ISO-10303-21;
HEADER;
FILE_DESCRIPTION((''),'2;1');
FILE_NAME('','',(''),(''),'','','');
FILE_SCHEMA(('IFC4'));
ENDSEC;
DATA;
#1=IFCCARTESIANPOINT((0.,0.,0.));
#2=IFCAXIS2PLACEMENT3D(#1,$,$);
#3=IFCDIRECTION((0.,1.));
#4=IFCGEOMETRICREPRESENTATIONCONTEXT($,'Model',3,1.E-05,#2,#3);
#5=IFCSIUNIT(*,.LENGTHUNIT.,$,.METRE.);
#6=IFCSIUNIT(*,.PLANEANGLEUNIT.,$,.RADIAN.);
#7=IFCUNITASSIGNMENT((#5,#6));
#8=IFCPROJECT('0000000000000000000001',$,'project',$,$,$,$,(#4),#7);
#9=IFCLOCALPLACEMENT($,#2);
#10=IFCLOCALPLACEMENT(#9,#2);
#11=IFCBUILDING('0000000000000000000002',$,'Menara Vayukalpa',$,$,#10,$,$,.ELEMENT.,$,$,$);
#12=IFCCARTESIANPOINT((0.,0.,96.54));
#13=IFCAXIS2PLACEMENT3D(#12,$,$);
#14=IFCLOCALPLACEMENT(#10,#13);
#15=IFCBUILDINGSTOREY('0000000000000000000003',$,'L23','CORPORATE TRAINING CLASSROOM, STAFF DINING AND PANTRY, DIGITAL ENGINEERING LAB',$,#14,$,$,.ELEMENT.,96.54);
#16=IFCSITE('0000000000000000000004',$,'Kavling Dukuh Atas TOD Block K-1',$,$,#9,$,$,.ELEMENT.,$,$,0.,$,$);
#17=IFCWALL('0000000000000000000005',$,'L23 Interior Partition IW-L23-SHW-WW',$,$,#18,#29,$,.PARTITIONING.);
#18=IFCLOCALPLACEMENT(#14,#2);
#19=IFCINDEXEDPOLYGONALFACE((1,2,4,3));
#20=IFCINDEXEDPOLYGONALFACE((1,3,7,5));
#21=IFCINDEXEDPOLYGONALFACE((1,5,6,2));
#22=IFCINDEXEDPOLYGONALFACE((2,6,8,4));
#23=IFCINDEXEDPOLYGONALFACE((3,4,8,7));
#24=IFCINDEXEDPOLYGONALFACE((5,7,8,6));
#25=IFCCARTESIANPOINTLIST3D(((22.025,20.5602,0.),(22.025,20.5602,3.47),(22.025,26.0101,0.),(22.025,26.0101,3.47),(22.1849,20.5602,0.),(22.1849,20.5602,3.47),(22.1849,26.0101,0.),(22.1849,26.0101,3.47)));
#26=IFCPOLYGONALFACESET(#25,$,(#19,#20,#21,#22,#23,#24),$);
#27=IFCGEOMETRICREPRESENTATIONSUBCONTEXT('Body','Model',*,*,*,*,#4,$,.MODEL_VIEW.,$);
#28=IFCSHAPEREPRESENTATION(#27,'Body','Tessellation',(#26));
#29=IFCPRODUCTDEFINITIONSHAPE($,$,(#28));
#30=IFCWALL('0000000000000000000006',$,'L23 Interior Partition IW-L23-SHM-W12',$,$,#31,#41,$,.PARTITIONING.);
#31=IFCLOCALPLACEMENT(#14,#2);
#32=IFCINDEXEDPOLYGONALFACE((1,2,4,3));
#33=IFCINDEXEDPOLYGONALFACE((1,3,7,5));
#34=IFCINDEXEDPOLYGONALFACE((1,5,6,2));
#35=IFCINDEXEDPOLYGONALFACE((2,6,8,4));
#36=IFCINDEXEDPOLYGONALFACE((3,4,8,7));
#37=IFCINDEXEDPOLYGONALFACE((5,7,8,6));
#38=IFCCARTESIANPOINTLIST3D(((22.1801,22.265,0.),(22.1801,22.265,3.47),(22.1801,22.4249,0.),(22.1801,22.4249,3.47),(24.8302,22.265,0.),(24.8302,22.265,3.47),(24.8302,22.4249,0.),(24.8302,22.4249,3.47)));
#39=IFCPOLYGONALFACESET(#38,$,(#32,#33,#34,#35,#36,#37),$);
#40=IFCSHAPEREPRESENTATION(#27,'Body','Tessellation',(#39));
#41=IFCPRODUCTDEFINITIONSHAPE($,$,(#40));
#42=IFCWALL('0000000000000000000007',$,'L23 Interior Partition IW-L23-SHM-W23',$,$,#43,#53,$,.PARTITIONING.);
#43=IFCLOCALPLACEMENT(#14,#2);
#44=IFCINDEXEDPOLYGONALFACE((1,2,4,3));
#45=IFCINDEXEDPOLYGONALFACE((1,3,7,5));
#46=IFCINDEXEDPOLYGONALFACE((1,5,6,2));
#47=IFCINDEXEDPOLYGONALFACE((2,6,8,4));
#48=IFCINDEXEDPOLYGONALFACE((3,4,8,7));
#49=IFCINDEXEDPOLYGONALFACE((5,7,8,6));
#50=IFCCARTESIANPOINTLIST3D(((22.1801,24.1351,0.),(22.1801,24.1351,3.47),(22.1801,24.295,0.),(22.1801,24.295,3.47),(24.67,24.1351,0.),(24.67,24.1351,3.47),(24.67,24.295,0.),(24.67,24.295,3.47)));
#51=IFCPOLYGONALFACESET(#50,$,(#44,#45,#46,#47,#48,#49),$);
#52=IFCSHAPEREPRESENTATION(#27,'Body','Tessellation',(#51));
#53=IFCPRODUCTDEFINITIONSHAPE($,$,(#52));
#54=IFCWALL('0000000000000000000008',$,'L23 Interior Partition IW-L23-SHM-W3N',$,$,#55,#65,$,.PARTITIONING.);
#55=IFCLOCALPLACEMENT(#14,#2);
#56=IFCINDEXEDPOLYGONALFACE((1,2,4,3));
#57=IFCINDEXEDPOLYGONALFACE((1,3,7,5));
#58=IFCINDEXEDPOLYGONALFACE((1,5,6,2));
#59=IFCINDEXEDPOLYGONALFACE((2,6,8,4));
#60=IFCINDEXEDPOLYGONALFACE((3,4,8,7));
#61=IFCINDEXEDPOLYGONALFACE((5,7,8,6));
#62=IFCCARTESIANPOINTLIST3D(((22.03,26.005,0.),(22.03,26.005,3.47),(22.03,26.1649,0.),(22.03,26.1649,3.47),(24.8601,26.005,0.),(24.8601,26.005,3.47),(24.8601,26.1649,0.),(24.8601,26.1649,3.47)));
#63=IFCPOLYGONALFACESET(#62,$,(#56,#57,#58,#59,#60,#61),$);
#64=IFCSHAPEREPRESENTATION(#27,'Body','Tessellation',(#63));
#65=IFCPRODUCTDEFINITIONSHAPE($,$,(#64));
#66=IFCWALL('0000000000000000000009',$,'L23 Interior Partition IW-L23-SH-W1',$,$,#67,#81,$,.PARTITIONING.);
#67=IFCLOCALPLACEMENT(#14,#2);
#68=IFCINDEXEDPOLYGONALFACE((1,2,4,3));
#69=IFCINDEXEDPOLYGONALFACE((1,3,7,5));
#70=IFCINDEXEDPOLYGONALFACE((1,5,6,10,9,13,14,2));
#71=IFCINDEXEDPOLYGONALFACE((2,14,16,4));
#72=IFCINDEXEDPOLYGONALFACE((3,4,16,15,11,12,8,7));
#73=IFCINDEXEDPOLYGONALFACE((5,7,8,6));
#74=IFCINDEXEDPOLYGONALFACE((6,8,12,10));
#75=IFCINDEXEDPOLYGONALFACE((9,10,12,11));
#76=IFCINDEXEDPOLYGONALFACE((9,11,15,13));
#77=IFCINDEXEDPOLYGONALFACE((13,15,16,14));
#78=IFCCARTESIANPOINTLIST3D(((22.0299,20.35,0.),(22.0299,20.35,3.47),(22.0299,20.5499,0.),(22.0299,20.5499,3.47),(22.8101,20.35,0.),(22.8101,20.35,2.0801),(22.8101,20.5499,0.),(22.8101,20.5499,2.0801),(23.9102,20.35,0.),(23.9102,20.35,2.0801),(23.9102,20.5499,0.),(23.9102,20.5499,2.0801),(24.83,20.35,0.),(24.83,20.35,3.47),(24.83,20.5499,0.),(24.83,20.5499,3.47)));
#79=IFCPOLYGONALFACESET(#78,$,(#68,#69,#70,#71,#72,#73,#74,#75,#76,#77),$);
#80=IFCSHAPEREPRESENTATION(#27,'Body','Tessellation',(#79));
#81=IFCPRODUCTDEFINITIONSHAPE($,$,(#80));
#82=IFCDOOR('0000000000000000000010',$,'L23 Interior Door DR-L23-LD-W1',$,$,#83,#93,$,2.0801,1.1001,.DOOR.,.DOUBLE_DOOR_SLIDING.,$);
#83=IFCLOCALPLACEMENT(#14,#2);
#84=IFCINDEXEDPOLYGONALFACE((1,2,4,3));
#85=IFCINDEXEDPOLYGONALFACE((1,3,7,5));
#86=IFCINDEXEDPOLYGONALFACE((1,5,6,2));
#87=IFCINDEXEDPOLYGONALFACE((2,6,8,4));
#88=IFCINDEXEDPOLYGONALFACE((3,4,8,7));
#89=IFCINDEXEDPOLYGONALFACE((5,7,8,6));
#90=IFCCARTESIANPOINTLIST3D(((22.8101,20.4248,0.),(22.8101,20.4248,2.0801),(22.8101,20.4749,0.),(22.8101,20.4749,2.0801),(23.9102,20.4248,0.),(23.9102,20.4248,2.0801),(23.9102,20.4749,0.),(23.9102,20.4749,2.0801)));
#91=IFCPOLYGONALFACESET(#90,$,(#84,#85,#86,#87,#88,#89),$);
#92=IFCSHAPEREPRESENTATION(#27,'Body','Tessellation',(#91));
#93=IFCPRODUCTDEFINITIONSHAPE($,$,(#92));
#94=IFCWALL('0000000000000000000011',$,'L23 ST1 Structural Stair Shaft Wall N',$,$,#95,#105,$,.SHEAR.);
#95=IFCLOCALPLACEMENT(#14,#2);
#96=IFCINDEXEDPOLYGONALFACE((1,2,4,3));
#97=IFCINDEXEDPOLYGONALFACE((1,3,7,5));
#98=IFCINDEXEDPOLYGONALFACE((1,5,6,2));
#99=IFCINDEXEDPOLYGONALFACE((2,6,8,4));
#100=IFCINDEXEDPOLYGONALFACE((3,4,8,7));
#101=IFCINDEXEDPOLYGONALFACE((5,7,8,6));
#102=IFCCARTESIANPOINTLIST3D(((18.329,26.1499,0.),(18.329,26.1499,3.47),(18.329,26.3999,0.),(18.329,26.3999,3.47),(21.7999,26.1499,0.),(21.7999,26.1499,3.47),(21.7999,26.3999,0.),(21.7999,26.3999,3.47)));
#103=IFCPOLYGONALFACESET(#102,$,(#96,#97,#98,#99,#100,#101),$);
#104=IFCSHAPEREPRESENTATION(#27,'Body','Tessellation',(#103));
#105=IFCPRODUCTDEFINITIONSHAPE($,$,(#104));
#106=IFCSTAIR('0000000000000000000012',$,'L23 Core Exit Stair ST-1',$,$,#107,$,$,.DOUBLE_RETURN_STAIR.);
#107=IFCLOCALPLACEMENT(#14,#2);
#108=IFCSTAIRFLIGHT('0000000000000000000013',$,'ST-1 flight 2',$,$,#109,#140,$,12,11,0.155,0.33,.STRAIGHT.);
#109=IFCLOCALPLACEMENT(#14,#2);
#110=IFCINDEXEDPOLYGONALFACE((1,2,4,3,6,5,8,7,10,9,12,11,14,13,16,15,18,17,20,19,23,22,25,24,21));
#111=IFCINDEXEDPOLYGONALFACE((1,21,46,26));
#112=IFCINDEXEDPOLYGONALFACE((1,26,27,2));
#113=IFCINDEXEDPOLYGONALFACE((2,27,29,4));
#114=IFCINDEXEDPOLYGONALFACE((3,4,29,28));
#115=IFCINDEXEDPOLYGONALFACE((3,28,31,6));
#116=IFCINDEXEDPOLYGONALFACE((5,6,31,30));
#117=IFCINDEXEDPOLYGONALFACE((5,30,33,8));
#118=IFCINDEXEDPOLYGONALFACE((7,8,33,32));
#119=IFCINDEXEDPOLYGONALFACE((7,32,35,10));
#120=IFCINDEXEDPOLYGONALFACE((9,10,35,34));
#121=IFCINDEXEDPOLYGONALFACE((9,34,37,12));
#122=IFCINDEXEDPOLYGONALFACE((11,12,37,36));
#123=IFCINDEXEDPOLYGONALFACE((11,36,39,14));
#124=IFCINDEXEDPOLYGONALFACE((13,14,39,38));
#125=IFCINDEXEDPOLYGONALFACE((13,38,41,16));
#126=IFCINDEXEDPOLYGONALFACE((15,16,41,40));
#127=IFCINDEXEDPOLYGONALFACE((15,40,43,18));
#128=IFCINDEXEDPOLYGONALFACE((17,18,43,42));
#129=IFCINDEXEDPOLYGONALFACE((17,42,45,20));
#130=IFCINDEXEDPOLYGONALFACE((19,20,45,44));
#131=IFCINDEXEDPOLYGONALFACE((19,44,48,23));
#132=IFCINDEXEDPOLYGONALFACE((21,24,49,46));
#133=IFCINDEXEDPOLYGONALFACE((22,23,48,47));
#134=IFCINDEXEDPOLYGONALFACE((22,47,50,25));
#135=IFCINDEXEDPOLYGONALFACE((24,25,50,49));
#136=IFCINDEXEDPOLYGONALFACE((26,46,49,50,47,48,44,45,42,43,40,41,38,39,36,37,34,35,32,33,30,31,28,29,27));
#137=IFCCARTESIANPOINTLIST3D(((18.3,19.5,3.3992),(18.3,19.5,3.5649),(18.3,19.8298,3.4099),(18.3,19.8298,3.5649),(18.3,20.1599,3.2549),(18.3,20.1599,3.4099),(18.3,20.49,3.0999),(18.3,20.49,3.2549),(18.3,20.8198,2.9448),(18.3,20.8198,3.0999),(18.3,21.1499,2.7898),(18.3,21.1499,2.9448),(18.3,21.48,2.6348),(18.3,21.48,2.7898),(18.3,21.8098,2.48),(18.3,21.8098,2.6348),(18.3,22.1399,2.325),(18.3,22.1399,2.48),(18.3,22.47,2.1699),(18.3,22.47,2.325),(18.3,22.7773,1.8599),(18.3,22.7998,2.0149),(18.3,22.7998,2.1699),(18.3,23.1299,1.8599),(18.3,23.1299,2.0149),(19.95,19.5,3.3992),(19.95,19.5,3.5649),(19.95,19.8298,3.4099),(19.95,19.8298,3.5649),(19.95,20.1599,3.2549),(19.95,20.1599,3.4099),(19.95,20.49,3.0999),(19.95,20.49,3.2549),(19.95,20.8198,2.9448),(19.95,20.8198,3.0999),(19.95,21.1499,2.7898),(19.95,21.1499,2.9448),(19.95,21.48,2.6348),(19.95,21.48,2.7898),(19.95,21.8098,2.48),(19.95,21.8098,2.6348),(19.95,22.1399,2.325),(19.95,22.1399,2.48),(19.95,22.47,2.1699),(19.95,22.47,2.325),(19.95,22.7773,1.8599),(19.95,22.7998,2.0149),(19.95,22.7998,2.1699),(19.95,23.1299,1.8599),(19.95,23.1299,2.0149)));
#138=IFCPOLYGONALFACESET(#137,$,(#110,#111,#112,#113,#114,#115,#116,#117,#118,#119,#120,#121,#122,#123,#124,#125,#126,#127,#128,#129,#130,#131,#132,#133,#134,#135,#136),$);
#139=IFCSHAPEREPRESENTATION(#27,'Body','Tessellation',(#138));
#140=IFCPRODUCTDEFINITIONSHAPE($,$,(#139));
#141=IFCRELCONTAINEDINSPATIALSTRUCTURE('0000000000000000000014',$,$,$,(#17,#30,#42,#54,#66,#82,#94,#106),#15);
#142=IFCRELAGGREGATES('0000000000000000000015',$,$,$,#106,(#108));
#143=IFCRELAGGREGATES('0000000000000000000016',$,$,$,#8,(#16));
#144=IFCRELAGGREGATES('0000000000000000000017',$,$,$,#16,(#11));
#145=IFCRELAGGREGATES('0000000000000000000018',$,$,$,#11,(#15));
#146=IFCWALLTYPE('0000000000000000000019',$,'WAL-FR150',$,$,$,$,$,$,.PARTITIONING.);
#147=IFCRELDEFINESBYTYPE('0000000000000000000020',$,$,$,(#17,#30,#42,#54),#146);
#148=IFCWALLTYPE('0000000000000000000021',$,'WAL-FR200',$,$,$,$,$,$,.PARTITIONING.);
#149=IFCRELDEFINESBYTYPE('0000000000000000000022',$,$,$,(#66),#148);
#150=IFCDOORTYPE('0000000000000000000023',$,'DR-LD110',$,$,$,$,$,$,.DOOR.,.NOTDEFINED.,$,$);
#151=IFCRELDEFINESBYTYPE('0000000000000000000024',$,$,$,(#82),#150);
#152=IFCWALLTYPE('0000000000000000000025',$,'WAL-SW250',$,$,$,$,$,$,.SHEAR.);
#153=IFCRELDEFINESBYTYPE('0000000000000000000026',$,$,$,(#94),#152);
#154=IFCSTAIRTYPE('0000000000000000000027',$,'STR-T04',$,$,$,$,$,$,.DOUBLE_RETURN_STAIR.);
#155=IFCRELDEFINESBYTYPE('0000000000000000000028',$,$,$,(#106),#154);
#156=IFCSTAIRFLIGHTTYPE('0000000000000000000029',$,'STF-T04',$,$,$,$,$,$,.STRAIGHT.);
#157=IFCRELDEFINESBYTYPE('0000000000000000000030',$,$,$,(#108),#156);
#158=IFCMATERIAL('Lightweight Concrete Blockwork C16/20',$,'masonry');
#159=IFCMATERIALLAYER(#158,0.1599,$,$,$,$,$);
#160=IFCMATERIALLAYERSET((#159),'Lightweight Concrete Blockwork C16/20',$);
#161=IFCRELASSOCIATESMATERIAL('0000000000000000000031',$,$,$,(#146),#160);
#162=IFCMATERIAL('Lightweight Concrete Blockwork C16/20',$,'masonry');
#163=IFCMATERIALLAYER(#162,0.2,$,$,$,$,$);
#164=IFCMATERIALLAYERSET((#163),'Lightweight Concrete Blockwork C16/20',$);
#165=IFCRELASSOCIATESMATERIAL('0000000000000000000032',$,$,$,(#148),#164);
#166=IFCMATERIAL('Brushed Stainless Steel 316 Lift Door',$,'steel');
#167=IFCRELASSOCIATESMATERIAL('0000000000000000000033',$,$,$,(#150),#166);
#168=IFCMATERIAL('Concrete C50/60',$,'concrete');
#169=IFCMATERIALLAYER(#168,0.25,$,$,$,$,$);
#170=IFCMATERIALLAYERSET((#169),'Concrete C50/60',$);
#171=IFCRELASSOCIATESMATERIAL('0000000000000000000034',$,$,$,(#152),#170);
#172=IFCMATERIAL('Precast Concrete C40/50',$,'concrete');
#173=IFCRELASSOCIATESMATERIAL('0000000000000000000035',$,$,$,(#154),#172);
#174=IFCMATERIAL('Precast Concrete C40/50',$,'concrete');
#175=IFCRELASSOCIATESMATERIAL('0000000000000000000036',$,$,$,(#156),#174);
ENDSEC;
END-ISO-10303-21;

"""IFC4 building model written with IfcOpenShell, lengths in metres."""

from ifc_helpers import new_model, si_unit, direction, frame, frame_2d, origin, place, context, subcontext, project, spatial, polyline, rectangle, outline, extrude, material, layer, layer_set, type_object, element, fill, aggregate, save


model = new_model("IFC4")

# Units and contexts
model_context = context("Model", 3, precision=1e-05, world=origin(), true_north=direction((0.0, 1.0)))
body_context = subcontext(model_context, "Body", "Model", "MODEL_VIEW")
ifc_project = project(units=[si_unit("LENGTHUNIT", "METRE"), si_unit("PLANEANGLEUNIT", "RADIAN")], contexts=[model_context])

# Site, building, storey
site_placement = place(None, origin())
site = spatial("IfcSite", under=ifc_project, at=site_placement, Name="Kavling Dukuh Atas TOD Block K-1", CompositionType="ELEMENT", RefElevation=0.0)
building_placement = place(site_placement, origin())
building = spatial("IfcBuilding", under=site, at=building_placement, Name="Menara Vayukalpa", CompositionType="ELEMENT")
storey_placement = place(building_placement, frame((0.0, 0.0, 96.54)))
storey = spatial("IfcBuildingStorey", under=building, at=storey_placement, Name="L23", Description="CORPORATE TRAINING CLASSROOM, STAFF DINING AND PANTRY, DIGITAL ENGINEERING LAB", CompositionType="ELEMENT", Elevation=96.54)

# Walls
ifc_material_1 = material(Name="Lightweight Concrete Blockwork C16/20", Category="masonry")
ifc_layer_1 = layer(ifc_material_1, 0.1599)
ifc_layer_set_1 = layer_set([ifc_layer_1], Name="Lightweight Concrete Blockwork C16/20")
wall_type_1 = type_object("IfcWallType", Name="WAL-FR150", PredefinedType="PARTITIONING", material=ifc_layer_set_1)
wall_1_placement = place(storey_placement, frame((22.105, 20.5601, 0.0), z_axis=(0.0, 0.0, 1.0), x_axis=(0.0, 1.0, 0.0)))
element("IfcWall", 1, at=wall_1_placement, inside=storey, type_object=wall_type_1, Name="L23 Interior Partition IW-L23-SHW-WW", PredefinedType="PARTITIONING", context=body_context, shape_type="SweptSolid", body=[
    extrude(rectangle(XDim=5.45, YDim=0.1599, at=frame_2d((2.7251, 0.0))), origin(), (0.0, 0.0, 1.0), 3.47),
])
wall_2_placement = place(storey_placement, frame((22.1799, 22.345, 0.0), z_axis=(0.0, 0.0, 1.0), x_axis=(1.0, 0.0, 0.0)))
element("IfcWall", 2, at=wall_2_placement, inside=storey, type_object=wall_type_1, Name="L23 Interior Partition IW-L23-SHM-W12", PredefinedType="PARTITIONING", context=body_context, shape_type="SweptSolid", body=[
    extrude(rectangle(XDim=2.6501, YDim=0.1599, at=frame_2d((1.3252, 0.0))), origin(), (0.0, 0.0, 1.0), 3.47),
])
wall_3_placement = place(storey_placement, frame((22.1799, 24.2151, 0.0), z_axis=(0.0, 0.0, 1.0), x_axis=(1.0, 0.0, 0.0)))
element("IfcWall", 3, at=wall_3_placement, inside=storey, type_object=wall_type_1, Name="L23 Interior Partition IW-L23-SHM-W23", PredefinedType="PARTITIONING", context=body_context, shape_type="SweptSolid", body=[
    extrude(rectangle(XDim=2.49, YDim=0.1599, at=frame_2d((1.2451, 0.0))), origin(), (0.0, 0.0, 1.0), 3.47),
])
wall_4_placement = place(storey_placement, frame((22.03, 26.085, 0.0), z_axis=(0.0, 0.0, 1.0), x_axis=(1.0, 0.0, 0.0)))
element("IfcWall", 4, at=wall_4_placement, inside=storey, type_object=wall_type_1, Name="L23 Interior Partition IW-L23-SHM-W3N", PredefinedType="PARTITIONING", context=body_context, shape_type="SweptSolid", body=[
    extrude(rectangle(XDim=2.8301, YDim=0.1599, at=frame_2d((1.415, 0.0))), origin(), (0.0, 0.0, 1.0), 3.47),
])

# Wall, opening, door
ifc_material_2 = material(Name="Lightweight Concrete Blockwork C16/20", Category="masonry")
ifc_layer_2 = layer(ifc_material_2, 0.2)
ifc_layer_set_2 = layer_set([ifc_layer_2], Name="Lightweight Concrete Blockwork C16/20")
wall_type_2 = type_object("IfcWallType", Name="WAL-FR200", PredefinedType="PARTITIONING", material=ifc_layer_set_2)
wall_5_placement = place(storey_placement, frame((22.03, 20.45, 0.0), z_axis=(0.0, 0.0, 1.0), x_axis=(1.0, 0.0, 0.0)))
wall_5 = element("IfcWall", 5, at=wall_5_placement, inside=storey, type_object=wall_type_2, Name="L23 Interior Partition IW-L23-SH-W1", PredefinedType="PARTITIONING", context=body_context, shape_type="SweptSolid", body=[
    extrude(rectangle(XDim=2.8, YDim=0.2, at=frame_2d((1.3999, 0.0))), origin(), (0.0, 0.0, 1.0), 3.47),
])
opening_placement = place(wall_5_placement, frame((0.78, 0.0, 0.0)))
opening = element("IfcOpeningElement", 6, at=opening_placement, cuts=wall_5, PredefinedType="OPENING", context=body_context, shape_type="SweptSolid", body=[
    extrude(rectangle(XDim=1.1001, YDim=2.0801, at=frame_2d((0.55, 1.04))), frame((0.0, 0.1099, 0.0), z_axis=(0.0, -1.0, 0.0), x_axis=(1.0, 0.0, 0.0)), (0.0, 0.0, 1.0), 0.22),
])
ifc_material_3 = material(Name="Brushed Stainless Steel 316 Lift Door", Category="steel")
door_type = type_object("IfcDoorType", Name="DR-LD110", OperationType="NOTDEFINED", PredefinedType="DOOR", material=ifc_material_3)
door_placement = place(opening_placement, origin())
door = element("IfcDoor", 7, at=door_placement, inside=storey, type_object=door_type, Name="L23 Interior Door DR-L23-LD-W1", OperationType="DOUBLE_DOOR_SLIDING", OverallHeight=2.0801, OverallWidth=1.1001, PredefinedType="DOOR", context=body_context, shape_type="SweptSolid", body=[
    extrude(rectangle(XDim=1.1001, YDim=2.0801, at=frame_2d((0.55, 1.04))), frame((0.0, 0.0249, 0.0), z_axis=(0.0, -1.0, 0.0), x_axis=(1.0, 0.0, 0.0)), (0.0, 0.0, 1.0), 0.05),
])
fill(opening, door)

# Wall
ifc_material_4 = material(Name="Concrete C50/60", Category="concrete")
ifc_layer_3 = layer(ifc_material_4, 0.25)
ifc_layer_set_3 = layer_set([ifc_layer_3], Name="Concrete C50/60")
wall_type_3 = type_object("IfcWallType", Name="WAL-SW250", PredefinedType="SHEAR", material=ifc_layer_set_3)
wall_6_placement = place(storey_placement, frame((18.3291, 26.2749, 0.0), z_axis=(0.0, 0.0, 1.0), x_axis=(1.0, 0.0, 0.0)))
element("IfcWall", 8, at=wall_6_placement, inside=storey, type_object=wall_type_3, Name="L23 ST1 Structural Stair Shaft Wall N", PredefinedType="SHEAR", context=body_context, shape_type="SweptSolid", body=[
    extrude(rectangle(XDim=3.4709, YDim=0.25, at=frame_2d((1.7354, 0.0))), origin(), (0.0, 0.0, 1.0), 3.47),
])

# Stair, stair flight
ifc_material_5 = material(Name="Precast Concrete C40/50", Category="concrete")
stair_type = type_object("IfcStairType", Name="STR-T04", PredefinedType="DOUBLE_RETURN_STAIR", material=ifc_material_5)
stair_placement = place(storey_placement, origin())
stair = element("IfcStair", 9, at=stair_placement, inside=storey, type_object=stair_type, Name="L23 Core Exit Stair ST-1", PredefinedType="DOUBLE_RETURN_STAIR")
ifc_material_6 = material(Name="Precast Concrete C40/50", Category="concrete")
stair_flight_type = type_object("IfcStairFlightType", Name="STF-T04", PredefinedType="STRAIGHT", material=ifc_material_6)
stair_flight_placement = place(storey_placement, frame((19.125, 23.1299, 1.8599), z_axis=(0.0, 0.0, 1.0), x_axis=(0.0, -1.0, 0.0)))
stair_flight = element("IfcStairFlight", 10, at=stair_flight_placement, type_object=stair_flight_type, Name="ST-1 flight 2", NumberOfRisers=12, NumberOfTreads=11, PredefinedType="STRAIGHT", RiserHeight=0.155, TreadLength=0.33, context=body_context, shape_type="SweptSolid", body=[
    extrude(outline(polyline([(0.0, 0.0), (0.0, 0.155), (0.3301, 0.155), (0.3301, 0.3101), (0.6599, 0.3101), (0.6599, 0.4651), (0.99, 0.4651), (0.99, 0.6201), (1.3201, 0.6201), (1.3201, 0.7749), (1.6499, 0.7749), (1.6499, 0.9299), (1.98, 0.9299), (1.98, 1.085), (2.3101, 1.085), (2.3101, 1.24), (2.6399, 1.24), (2.6399, 1.395), (2.97, 1.395), (2.97, 1.55), (3.3, 1.55), (3.3, 1.7051), (3.6299, 1.7051), (3.6299, 1.8601), (3.6299, 1.5393), (0.3525, 0.0), (0.0, 0.0)])), frame((0.0, 0.825, 0.0), z_axis=(0.0, -1.0, 0.0), x_axis=(1.0, 0.0, 0.0)), (0.0, 0.0, 1.0), 1.6499),
])
aggregate(stair, [stair_flight])

save(model, "model.ifc")
